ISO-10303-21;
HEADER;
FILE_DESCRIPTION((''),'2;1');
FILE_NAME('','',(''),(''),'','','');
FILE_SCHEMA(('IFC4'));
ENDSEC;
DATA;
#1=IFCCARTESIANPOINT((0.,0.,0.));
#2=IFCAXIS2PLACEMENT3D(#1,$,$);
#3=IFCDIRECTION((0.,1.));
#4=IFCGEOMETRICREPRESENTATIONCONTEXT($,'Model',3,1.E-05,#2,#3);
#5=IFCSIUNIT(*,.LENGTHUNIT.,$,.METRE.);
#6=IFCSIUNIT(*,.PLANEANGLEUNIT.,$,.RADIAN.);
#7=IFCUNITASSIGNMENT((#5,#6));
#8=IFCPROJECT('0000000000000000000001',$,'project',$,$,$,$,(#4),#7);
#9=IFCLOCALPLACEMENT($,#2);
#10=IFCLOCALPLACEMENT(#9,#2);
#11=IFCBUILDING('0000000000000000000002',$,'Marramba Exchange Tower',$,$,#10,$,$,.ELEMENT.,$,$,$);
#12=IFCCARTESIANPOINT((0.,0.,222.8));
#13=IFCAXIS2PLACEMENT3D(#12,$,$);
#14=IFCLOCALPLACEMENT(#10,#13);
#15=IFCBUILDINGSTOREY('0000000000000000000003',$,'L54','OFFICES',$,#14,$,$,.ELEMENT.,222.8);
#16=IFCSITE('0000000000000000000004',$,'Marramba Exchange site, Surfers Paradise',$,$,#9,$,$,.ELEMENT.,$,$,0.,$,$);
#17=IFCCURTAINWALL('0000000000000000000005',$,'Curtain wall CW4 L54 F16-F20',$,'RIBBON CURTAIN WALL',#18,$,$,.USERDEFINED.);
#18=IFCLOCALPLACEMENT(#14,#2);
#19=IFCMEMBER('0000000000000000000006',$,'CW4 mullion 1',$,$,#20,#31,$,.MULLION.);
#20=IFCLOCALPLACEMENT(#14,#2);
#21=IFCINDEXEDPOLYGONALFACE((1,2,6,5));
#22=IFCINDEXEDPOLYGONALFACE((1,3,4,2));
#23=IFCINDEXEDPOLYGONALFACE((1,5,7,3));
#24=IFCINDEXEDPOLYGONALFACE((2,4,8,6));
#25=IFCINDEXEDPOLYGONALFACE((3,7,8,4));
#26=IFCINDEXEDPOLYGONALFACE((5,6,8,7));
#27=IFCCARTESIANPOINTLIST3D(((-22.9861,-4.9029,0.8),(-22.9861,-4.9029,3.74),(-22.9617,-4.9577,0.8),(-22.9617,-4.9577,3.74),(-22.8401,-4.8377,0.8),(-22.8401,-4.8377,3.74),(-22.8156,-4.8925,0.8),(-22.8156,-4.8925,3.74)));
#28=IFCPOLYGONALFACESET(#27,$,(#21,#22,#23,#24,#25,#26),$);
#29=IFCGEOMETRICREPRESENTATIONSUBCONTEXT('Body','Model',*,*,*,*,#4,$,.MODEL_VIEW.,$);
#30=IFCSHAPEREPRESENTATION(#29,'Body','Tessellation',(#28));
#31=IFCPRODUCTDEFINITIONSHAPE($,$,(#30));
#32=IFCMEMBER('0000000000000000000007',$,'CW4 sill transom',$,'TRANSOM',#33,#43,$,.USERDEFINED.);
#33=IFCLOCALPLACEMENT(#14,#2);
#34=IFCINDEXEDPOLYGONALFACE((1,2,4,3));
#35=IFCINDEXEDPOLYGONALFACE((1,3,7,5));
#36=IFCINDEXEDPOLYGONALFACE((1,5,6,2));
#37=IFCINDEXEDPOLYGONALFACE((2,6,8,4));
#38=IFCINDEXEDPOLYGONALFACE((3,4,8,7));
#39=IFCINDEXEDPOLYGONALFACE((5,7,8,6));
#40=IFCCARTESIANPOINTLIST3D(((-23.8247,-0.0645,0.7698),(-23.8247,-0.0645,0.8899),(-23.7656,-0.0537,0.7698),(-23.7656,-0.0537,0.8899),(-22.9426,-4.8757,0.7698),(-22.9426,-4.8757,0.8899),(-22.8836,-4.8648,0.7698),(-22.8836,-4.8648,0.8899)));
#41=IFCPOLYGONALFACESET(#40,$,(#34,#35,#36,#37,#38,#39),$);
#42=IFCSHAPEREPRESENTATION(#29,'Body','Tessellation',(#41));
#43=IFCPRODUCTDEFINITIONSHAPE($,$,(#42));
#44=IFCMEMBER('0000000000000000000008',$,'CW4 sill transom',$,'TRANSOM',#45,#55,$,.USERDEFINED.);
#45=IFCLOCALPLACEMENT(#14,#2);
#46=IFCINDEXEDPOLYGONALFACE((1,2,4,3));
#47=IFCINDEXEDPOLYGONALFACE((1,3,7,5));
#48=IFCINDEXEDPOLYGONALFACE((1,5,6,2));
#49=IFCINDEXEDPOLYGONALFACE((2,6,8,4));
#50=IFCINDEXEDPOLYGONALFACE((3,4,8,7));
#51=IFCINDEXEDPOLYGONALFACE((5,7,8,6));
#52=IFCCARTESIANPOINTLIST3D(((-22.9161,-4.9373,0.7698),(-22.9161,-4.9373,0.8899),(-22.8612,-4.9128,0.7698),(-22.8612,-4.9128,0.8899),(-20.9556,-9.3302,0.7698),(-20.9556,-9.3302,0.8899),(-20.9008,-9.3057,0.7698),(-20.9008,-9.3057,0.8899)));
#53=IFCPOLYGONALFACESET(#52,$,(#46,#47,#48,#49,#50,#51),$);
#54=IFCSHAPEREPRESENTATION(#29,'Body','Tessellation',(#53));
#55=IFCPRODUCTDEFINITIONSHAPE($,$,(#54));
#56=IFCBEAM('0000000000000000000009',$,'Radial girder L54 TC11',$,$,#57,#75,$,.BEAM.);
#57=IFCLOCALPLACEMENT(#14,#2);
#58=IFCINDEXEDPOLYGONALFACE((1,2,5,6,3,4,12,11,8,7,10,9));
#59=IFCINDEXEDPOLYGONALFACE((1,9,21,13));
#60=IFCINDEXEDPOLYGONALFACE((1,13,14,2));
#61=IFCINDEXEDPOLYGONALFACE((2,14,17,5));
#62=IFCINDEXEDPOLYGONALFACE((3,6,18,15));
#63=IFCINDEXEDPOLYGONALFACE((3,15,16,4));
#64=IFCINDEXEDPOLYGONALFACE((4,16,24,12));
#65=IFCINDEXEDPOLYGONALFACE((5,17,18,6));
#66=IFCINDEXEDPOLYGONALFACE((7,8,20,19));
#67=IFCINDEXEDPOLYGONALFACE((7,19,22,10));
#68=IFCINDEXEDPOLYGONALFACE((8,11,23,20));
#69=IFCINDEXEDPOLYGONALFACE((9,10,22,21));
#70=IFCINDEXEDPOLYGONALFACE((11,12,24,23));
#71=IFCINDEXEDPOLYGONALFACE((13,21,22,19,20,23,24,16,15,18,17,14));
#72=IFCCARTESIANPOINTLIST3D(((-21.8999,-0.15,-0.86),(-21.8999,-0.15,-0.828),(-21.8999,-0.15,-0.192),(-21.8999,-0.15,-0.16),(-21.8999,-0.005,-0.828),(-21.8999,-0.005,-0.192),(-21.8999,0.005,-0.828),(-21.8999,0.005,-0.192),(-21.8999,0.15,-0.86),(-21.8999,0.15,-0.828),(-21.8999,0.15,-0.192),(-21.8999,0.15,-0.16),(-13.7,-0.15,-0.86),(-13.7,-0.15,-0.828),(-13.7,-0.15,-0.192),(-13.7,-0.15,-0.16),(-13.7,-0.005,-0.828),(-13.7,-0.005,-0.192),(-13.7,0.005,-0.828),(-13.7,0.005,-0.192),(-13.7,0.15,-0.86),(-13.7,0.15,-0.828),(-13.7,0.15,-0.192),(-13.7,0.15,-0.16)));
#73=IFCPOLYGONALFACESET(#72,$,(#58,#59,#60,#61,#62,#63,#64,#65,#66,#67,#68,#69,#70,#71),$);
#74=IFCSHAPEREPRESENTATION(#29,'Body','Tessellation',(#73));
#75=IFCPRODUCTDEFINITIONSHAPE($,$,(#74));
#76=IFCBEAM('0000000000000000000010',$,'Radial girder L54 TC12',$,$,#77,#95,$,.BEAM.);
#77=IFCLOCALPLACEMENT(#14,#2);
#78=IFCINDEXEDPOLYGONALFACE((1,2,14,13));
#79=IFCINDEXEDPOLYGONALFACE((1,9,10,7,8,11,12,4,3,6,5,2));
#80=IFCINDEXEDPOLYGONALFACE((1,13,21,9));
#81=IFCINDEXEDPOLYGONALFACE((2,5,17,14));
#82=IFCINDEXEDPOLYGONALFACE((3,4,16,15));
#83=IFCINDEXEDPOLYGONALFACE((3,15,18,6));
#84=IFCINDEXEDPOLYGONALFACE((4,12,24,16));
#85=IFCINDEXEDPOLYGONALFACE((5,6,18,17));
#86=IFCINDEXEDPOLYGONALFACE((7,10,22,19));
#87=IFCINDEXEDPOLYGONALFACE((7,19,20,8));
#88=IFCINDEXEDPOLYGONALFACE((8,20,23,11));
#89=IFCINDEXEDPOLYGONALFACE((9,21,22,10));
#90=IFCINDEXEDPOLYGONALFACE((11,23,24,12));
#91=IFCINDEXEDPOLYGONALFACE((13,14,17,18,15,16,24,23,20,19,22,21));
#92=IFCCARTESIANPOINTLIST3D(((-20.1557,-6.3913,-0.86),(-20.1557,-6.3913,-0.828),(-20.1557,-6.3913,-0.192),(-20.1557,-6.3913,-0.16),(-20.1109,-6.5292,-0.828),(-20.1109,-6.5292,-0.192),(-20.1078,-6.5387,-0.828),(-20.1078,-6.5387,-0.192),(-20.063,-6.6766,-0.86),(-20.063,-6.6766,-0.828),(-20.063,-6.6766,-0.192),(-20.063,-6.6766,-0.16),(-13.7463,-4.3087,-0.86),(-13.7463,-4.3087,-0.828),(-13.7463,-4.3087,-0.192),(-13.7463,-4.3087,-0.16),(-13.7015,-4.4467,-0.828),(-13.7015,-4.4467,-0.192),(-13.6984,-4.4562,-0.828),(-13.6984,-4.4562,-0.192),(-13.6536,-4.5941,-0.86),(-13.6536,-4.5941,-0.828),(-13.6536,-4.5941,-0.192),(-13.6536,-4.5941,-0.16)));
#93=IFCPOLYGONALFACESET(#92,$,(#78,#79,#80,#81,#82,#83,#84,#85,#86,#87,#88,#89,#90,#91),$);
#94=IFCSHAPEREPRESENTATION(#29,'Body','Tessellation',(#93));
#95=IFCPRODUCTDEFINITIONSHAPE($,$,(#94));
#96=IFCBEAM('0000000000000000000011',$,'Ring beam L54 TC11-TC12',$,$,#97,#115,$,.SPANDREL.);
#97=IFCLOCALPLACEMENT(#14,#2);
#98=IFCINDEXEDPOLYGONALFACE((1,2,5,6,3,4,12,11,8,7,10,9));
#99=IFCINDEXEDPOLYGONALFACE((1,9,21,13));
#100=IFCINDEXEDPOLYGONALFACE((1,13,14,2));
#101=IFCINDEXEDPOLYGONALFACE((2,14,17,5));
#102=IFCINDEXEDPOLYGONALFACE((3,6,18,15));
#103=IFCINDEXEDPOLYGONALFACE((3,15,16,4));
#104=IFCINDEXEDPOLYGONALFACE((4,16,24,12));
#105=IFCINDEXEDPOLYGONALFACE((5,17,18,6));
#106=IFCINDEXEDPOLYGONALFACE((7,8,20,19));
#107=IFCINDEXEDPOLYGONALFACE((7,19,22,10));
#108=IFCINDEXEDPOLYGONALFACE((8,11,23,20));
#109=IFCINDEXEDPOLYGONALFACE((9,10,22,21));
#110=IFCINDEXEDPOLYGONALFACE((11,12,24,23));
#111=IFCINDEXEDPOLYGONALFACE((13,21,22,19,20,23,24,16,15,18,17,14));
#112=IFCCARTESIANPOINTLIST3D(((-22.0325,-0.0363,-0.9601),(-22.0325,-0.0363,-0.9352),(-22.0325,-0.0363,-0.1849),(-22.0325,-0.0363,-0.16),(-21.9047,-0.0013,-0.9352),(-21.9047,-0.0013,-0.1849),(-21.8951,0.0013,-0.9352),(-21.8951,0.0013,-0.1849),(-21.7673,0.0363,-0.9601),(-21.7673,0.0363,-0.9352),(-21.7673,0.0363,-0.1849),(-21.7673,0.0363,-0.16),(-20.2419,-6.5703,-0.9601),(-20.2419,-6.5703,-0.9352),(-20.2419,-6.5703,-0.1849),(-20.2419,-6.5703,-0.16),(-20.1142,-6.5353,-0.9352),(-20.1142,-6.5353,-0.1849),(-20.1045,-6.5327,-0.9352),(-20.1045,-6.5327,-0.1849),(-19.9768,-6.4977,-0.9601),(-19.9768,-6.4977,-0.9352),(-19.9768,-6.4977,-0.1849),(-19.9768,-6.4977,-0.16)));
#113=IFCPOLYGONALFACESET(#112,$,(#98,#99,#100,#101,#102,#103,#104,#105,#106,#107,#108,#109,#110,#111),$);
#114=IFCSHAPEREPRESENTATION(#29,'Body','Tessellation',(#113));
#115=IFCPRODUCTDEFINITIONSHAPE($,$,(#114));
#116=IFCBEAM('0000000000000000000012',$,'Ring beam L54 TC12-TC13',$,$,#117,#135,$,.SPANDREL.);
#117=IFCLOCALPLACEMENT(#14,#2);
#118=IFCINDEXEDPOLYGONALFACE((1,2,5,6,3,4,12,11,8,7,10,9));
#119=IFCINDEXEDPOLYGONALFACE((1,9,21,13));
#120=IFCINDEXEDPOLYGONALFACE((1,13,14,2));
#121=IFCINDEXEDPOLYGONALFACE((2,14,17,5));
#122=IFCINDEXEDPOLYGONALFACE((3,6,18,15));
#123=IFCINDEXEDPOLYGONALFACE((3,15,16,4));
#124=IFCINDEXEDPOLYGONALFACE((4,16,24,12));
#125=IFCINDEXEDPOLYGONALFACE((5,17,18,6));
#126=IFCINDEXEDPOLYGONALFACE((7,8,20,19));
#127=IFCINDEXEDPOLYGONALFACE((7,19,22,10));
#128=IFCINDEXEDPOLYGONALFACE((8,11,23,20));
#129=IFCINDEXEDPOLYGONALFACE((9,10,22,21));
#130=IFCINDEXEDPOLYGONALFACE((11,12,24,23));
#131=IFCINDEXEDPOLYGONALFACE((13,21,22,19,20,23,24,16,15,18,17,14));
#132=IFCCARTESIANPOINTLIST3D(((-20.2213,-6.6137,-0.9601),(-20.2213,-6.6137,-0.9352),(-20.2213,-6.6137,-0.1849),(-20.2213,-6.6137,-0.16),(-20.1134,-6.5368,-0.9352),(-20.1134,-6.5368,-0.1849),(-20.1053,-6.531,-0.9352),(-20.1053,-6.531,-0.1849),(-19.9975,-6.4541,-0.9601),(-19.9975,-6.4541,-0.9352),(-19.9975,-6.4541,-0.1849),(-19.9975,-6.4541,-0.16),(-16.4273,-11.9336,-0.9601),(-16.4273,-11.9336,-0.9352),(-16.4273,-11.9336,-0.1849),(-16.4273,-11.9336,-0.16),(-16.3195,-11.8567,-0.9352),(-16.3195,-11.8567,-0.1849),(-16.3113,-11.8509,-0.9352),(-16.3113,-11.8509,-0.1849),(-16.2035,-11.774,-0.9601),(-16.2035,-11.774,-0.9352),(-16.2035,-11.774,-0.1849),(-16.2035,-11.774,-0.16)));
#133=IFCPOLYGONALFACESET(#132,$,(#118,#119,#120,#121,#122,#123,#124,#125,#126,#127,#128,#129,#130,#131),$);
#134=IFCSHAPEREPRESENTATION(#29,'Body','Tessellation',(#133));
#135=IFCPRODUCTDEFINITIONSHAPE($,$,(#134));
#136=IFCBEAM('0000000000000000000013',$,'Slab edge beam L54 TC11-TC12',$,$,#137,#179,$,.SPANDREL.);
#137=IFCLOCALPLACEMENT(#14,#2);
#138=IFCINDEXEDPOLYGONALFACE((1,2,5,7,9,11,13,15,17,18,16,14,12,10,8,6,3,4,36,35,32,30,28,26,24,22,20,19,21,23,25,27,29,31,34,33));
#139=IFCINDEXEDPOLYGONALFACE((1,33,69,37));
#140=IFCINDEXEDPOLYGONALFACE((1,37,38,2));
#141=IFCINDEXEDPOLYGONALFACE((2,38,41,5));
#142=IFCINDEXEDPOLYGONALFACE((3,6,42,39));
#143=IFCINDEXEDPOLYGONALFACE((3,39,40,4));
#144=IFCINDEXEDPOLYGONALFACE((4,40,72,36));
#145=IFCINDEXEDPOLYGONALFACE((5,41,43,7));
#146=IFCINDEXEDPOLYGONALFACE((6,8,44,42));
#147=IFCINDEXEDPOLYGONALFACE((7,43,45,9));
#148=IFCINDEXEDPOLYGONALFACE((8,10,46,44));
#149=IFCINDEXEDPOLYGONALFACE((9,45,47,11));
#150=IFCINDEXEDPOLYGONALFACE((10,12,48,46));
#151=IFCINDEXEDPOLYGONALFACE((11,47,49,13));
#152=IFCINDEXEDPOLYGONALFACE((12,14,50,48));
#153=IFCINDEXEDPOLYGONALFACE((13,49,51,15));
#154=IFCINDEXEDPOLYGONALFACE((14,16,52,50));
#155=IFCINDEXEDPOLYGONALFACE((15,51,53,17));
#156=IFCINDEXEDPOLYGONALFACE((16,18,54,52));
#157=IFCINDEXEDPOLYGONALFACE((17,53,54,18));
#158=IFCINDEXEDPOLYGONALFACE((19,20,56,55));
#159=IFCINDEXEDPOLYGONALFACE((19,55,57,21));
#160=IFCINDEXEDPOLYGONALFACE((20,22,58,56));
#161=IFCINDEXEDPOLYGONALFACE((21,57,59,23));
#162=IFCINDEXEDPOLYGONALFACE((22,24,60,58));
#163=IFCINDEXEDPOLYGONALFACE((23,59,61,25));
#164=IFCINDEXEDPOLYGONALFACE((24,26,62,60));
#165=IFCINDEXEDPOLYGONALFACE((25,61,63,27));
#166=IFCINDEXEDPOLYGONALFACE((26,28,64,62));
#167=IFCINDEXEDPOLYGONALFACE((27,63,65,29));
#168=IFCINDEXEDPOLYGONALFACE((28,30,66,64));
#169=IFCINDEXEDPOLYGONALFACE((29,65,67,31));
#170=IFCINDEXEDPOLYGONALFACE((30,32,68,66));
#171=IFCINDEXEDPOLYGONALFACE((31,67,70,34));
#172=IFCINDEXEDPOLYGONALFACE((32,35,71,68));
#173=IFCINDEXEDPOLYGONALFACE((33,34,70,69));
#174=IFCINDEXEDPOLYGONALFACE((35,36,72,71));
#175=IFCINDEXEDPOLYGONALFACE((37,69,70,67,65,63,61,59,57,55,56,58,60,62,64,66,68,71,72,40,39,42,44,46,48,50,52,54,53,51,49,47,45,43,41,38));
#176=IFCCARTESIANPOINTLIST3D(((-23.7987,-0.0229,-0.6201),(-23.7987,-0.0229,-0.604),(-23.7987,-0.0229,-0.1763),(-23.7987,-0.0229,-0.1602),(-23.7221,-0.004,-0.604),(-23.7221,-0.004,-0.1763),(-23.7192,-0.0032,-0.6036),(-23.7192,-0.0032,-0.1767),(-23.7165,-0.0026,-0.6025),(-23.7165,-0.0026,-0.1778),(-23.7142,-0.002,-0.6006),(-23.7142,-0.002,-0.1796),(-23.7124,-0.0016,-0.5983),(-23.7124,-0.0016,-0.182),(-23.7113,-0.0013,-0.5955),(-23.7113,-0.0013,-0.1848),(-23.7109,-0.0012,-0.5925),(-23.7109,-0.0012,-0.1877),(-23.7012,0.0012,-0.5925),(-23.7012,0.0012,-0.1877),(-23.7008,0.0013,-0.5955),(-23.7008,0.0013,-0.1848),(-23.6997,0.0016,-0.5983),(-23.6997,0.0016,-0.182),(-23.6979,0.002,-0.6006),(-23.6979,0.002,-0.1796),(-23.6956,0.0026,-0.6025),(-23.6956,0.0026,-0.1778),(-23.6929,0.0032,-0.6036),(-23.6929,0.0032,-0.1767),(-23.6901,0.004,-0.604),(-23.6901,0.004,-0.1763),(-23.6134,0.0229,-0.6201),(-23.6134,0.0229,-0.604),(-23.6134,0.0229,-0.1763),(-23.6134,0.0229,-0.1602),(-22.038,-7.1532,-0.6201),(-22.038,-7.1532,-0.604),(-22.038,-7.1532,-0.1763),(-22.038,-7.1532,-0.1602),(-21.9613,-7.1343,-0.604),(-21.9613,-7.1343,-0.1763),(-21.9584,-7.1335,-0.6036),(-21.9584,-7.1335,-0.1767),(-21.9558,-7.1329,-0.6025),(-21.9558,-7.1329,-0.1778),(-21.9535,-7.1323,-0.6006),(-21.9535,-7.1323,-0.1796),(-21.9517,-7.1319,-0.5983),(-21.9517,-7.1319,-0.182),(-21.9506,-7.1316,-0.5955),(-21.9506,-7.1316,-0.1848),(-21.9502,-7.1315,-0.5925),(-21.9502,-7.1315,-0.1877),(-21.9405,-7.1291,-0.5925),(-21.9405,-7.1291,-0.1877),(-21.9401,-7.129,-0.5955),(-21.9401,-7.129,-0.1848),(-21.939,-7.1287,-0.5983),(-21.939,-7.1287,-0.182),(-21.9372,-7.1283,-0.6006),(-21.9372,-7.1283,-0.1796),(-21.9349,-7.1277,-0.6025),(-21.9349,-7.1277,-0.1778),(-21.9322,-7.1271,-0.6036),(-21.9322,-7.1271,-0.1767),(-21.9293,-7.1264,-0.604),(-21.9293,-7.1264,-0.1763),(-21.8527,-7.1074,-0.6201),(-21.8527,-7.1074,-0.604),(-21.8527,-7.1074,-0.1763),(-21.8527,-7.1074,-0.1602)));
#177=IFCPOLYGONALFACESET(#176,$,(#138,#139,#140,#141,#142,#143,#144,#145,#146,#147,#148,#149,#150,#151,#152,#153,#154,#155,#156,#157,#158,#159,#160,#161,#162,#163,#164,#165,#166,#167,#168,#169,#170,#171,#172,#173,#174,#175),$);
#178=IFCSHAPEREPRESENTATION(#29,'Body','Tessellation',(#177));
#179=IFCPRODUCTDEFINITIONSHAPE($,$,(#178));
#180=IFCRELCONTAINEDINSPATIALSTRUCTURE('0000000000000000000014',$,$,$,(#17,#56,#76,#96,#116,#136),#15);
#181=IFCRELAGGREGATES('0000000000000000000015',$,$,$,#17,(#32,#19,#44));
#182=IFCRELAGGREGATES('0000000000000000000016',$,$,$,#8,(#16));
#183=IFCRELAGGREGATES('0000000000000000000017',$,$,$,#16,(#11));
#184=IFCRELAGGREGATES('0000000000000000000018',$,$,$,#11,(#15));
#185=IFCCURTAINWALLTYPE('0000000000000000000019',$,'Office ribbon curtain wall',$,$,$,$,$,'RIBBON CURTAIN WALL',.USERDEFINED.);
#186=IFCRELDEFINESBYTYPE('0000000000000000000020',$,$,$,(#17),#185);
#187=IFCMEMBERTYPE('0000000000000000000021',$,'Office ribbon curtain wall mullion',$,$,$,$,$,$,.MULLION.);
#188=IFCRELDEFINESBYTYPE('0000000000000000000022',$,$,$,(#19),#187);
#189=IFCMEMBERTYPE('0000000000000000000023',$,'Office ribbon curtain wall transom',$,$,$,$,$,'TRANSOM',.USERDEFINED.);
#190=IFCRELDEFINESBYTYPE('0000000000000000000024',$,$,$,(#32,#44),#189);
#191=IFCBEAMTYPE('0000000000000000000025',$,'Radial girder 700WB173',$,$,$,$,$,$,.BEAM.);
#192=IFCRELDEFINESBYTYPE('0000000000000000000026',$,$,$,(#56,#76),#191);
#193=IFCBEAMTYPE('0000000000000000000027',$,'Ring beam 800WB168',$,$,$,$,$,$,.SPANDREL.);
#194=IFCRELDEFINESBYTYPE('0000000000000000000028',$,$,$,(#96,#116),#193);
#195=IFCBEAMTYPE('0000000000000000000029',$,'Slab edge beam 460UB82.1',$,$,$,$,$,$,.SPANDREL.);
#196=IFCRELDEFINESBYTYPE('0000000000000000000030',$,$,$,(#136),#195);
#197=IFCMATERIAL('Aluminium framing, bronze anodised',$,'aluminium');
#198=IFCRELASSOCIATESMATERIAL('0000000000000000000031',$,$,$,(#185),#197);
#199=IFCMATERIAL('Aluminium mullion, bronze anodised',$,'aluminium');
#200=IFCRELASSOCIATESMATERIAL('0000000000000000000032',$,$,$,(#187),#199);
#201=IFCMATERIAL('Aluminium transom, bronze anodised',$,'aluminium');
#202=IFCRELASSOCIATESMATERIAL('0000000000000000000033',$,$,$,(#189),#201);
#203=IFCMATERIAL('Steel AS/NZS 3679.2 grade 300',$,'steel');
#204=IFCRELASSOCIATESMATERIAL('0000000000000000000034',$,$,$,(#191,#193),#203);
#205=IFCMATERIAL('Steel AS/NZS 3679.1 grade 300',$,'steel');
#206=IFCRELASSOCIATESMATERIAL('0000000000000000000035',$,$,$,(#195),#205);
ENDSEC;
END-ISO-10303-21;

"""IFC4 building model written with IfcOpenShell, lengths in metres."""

from ifc_helpers import new_model, si_unit, direction, frame, origin, origin_2d, place, context, subcontext, project, spatial, rectangle, i_section, extrude, material, material_profile, profile_set, type_object, element, aggregate, save


model = new_model("IFC4")

# Units and contexts
model_context = context("Model", 3, precision=1e-05, world=origin(), true_north=direction((0.0, 1.0)))
body_context = subcontext(model_context, "Body", "Model", "MODEL_VIEW")
ifc_project = project(units=[si_unit("LENGTHUNIT", "METRE"), si_unit("PLANEANGLEUNIT", "RADIAN")], contexts=[model_context])

# Site, building, storey
site_placement = place(None, origin())
site = spatial("IfcSite", under=ifc_project, at=site_placement, Name="Marramba Exchange site, Surfers Paradise", CompositionType="ELEMENT", RefElevation=0.0)
building_placement = place(site_placement, origin())
building = spatial("IfcBuilding", under=site, at=building_placement, Name="Marramba Exchange Tower", CompositionType="ELEMENT")
storey_placement = place(building_placement, frame((0.0, 0.0, 222.8)))
storey = spatial("IfcBuildingStorey", under=building, at=storey_placement, Name="L54", Description="OFFICES", CompositionType="ELEMENT", Elevation=222.8)

# Shared definitions
ifc_material_1 = material(Name="Steel AS/NZS 3679.2 grade 300", Category="steel")
ifc_material_2 = material(Name="Steel AS/NZS 3679.1 grade 300", Category="steel")

# Curtain wall, members
ifc_material_3 = material(Name="Aluminium framing, bronze anodised", Category="aluminium")
curtain_wall_type = type_object("IfcCurtainWallType", Name="Office ribbon curtain wall", ElementType="RIBBON CURTAIN WALL", PredefinedType="USERDEFINED", material=ifc_material_3)
curtain_wall_placement = place(storey_placement, origin())
curtain_wall = element("IfcCurtainWall", 1, at=curtain_wall_placement, inside=storey, type_object=curtain_wall_type, Name="Curtain wall CW4 L54 F16-F20", ObjectType="RIBBON CURTAIN WALL", PredefinedType="USERDEFINED")
ifc_material_4 = material(Name="Aluminium mullion, bronze anodised", Category="aluminium")
ifc_material_profile_1 = material_profile(ifc_material_4, rectangle(XDim=0.1599, YDim=0.0601, at=origin_2d()), Name="CW4 mullion 60x160")
ifc_profile_set_1 = profile_set([ifc_material_profile_1], Name="Aluminium mullion, bronze anodised")
member_type_1 = type_object("IfcMemberType", Name="Office ribbon curtain wall mullion", PredefinedType="MULLION", material=ifc_profile_set_1)
member_1_placement = place(storey_placement, frame((-22.9009, -4.8977, 0.8), z_axis=(0.0, 0.0, 1.0), x_axis=(0.91318, 0.407558, 0.0)))
member_1 = element("IfcMember", 2, at=member_1_placement, type_object=member_type_1, Name="CW4 mullion 1", PredefinedType="MULLION", context=body_context, shape_type="SweptSolid", body=[
    extrude(rectangle(XDim=0.1599, YDim=0.0601, at=origin_2d()), origin(), (0.0, 0.0, 1.0), 2.9399),
])
ifc_material_5 = material(Name="Aluminium transom, bronze anodised", Category="aluminium")
ifc_material_profile_2 = material_profile(ifc_material_5, rectangle(XDim=0.0601, YDim=0.1201, at=origin_2d()), Name="CW4 transom 60x120")
ifc_profile_set_2 = profile_set([ifc_material_profile_2], Name="Aluminium transom, bronze anodised")
member_type_2 = type_object("IfcMemberType", Name="Office ribbon curtain wall transom", ElementType="TRANSOM", PredefinedType="USERDEFINED", material=ifc_profile_set_2)
member_2_placement = place(storey_placement, frame((-23.7952, -0.0591, 0.8298), z_axis=(0.18033, -0.983606, 0.0), x_axis=(0.983606, 0.18033, 0.0)))
member_2 = element("IfcMember", 3, at=member_2_placement, type_object=member_type_2, Name="CW4 sill transom", ObjectType="TRANSOM", PredefinedType="USERDEFINED", context=body_context, shape_type="SweptSolid", body=[
    extrude(rectangle(XDim=0.0601, YDim=0.1201, at=origin_2d()), origin(), (0.0, 0.0, 1.0), 4.8914),
])
member_3_placement = place(storey_placement, frame((-22.8887, -4.925, 0.8298), z_axis=(0.407541, -0.913187, 0.0), x_axis=(0.913187, 0.407541, 0.0)))
member_3 = element("IfcMember", 4, at=member_3_placement, type_object=member_type_2, Name="CW4 sill transom", ObjectType="TRANSOM", PredefinedType="USERDEFINED", context=body_context, shape_type="SweptSolid", body=[
    extrude(rectangle(XDim=0.0601, YDim=0.1201, at=origin_2d()), origin(), (0.0, 0.0, 1.0), 4.8105),
])

# Beams
ifc_material_profile_3 = material_profile(ifc_material_1, i_section(OverallWidth=0.3, OverallDepth=0.7, WebThickness=0.01, FlangeThickness=0.032, at=origin_2d()), Name="700WB173")
ifc_profile_set_3 = profile_set([ifc_material_profile_3], Name="Steel AS/NZS 3679.2 grade 300")
beam_type_1 = type_object("IfcBeamType", Name="Radial girder 700WB173", PredefinedType="BEAM", material=ifc_profile_set_3)
beam_1_placement = place(storey_placement, frame((-13.7, 0.0, -0.51), z_axis=(-1.0, 0.0, 0.0), x_axis=(0.0, -1.0, 0.0)))
element("IfcBeam", 5, at=beam_1_placement, inside=storey, type_object=beam_type_1, Name="Radial girder L54 TC11", PredefinedType="BEAM", context=body_context, shape_type="SweptSolid", body=[
    extrude(i_section(OverallWidth=0.3, OverallDepth=0.7, WebThickness=0.01, FlangeThickness=0.032, at=origin_2d()), origin(), (0.0, 0.0, 1.0), 8.2),
])
beam_2_placement = place(storey_placement, frame((-13.7, -4.4514, -0.51), z_axis=(-0.951058, -0.309013, 0.0), x_axis=(0.309013, -0.951058, 0.0)))
element("IfcBeam", 6, at=beam_2_placement, inside=storey, type_object=beam_type_1, Name="Radial girder L54 TC12", PredefinedType="BEAM", context=body_context, shape_type="SweptSolid", body=[
    extrude(i_section(OverallWidth=0.3, OverallDepth=0.7, WebThickness=0.01, FlangeThickness=0.032, at=origin_2d()), origin(), (0.0, 0.0, 1.0), 6.7393),
])
ifc_material_profile_4 = material_profile(ifc_material_1, i_section(OverallWidth=0.2749, OverallDepth=0.8, WebThickness=0.01, FlangeThickness=0.0249, at=origin_2d()), Name="800WB168")
ifc_profile_set_4 = profile_set([ifc_material_profile_4], Name="Steel AS/NZS 3679.2 grade 300")
beam_type_2 = type_object("IfcBeamType", Name="Ring beam 800WB168", PredefinedType="SPANDREL", material=ifc_profile_set_4)
beam_3_placement = place(storey_placement, frame((-21.8999, 0.0, -0.5601), z_axis=(0.264291, -0.964443, 0.0), x_axis=(0.964443, 0.264291, 0.0)))
element("IfcBeam", 7, at=beam_3_placement, inside=storey, type_object=beam_type_2, Name="Ring beam L54 TC11-TC12", PredefinedType="SPANDREL", context=body_context, shape_type="SweptSolid", body=[
    extrude(i_section(OverallWidth=0.2749, OverallDepth=0.8, WebThickness=0.01, FlangeThickness=0.0249, at=origin_2d()), origin(), (0.0, 0.0, 1.0), 6.7749),
])
beam_4_placement = place(storey_placement, frame((-20.1094, -6.5339, -0.5601), z_axis=(0.580637, -0.814162, 0.0), x_axis=(0.814162, 0.580637, 0.0)))
element("IfcBeam", 8, at=beam_4_placement, inside=storey, type_object=beam_type_2, Name="Ring beam L54 TC12-TC13", PredefinedType="SPANDREL", context=body_context, shape_type="SweptSolid", body=[
    extrude(i_section(OverallWidth=0.2749, OverallDepth=0.8, WebThickness=0.01, FlangeThickness=0.0249, at=origin_2d()), origin(), (0.0, 0.0, 1.0), 6.5342),
])
ifc_material_profile_5 = material_profile(ifc_material_2, i_section(OverallWidth=0.1909, OverallDepth=0.46, WebThickness=0.01, FlangeThickness=0.0161, FilletRadius=0.0115, at=origin_2d()), Name="460UB82.1")
ifc_profile_set_5 = profile_set([ifc_material_profile_5], Name="Steel AS/NZS 3679.1 grade 300")
beam_type_3 = type_object("IfcBeamType", Name="Slab edge beam 460UB82.1", PredefinedType="SPANDREL", material=ifc_profile_set_5)
beam_5_placement = place(storey_placement, frame((-23.7061, 0.0, -0.3901), z_axis=(0.239735, -0.970838, 0.0), x_axis=(0.970838, 0.239735, 0.0)))
element("IfcBeam", 9, at=beam_5_placement, inside=storey, type_object=beam_type_3, Name="Slab edge beam L54 TC11-TC12", PredefinedType="SPANDREL", context=body_context, shape_type="SweptSolid", body=[
    extrude(i_section(OverallWidth=0.1909, OverallDepth=0.46, WebThickness=0.01, FlangeThickness=0.0161, FilletRadius=0.0115, at=origin_2d()), origin(), (0.0, 0.0, 1.0), 7.3445),
])

aggregate(curtain_wall, [member_2, member_1, member_3])

save(model, "model.ifc")
